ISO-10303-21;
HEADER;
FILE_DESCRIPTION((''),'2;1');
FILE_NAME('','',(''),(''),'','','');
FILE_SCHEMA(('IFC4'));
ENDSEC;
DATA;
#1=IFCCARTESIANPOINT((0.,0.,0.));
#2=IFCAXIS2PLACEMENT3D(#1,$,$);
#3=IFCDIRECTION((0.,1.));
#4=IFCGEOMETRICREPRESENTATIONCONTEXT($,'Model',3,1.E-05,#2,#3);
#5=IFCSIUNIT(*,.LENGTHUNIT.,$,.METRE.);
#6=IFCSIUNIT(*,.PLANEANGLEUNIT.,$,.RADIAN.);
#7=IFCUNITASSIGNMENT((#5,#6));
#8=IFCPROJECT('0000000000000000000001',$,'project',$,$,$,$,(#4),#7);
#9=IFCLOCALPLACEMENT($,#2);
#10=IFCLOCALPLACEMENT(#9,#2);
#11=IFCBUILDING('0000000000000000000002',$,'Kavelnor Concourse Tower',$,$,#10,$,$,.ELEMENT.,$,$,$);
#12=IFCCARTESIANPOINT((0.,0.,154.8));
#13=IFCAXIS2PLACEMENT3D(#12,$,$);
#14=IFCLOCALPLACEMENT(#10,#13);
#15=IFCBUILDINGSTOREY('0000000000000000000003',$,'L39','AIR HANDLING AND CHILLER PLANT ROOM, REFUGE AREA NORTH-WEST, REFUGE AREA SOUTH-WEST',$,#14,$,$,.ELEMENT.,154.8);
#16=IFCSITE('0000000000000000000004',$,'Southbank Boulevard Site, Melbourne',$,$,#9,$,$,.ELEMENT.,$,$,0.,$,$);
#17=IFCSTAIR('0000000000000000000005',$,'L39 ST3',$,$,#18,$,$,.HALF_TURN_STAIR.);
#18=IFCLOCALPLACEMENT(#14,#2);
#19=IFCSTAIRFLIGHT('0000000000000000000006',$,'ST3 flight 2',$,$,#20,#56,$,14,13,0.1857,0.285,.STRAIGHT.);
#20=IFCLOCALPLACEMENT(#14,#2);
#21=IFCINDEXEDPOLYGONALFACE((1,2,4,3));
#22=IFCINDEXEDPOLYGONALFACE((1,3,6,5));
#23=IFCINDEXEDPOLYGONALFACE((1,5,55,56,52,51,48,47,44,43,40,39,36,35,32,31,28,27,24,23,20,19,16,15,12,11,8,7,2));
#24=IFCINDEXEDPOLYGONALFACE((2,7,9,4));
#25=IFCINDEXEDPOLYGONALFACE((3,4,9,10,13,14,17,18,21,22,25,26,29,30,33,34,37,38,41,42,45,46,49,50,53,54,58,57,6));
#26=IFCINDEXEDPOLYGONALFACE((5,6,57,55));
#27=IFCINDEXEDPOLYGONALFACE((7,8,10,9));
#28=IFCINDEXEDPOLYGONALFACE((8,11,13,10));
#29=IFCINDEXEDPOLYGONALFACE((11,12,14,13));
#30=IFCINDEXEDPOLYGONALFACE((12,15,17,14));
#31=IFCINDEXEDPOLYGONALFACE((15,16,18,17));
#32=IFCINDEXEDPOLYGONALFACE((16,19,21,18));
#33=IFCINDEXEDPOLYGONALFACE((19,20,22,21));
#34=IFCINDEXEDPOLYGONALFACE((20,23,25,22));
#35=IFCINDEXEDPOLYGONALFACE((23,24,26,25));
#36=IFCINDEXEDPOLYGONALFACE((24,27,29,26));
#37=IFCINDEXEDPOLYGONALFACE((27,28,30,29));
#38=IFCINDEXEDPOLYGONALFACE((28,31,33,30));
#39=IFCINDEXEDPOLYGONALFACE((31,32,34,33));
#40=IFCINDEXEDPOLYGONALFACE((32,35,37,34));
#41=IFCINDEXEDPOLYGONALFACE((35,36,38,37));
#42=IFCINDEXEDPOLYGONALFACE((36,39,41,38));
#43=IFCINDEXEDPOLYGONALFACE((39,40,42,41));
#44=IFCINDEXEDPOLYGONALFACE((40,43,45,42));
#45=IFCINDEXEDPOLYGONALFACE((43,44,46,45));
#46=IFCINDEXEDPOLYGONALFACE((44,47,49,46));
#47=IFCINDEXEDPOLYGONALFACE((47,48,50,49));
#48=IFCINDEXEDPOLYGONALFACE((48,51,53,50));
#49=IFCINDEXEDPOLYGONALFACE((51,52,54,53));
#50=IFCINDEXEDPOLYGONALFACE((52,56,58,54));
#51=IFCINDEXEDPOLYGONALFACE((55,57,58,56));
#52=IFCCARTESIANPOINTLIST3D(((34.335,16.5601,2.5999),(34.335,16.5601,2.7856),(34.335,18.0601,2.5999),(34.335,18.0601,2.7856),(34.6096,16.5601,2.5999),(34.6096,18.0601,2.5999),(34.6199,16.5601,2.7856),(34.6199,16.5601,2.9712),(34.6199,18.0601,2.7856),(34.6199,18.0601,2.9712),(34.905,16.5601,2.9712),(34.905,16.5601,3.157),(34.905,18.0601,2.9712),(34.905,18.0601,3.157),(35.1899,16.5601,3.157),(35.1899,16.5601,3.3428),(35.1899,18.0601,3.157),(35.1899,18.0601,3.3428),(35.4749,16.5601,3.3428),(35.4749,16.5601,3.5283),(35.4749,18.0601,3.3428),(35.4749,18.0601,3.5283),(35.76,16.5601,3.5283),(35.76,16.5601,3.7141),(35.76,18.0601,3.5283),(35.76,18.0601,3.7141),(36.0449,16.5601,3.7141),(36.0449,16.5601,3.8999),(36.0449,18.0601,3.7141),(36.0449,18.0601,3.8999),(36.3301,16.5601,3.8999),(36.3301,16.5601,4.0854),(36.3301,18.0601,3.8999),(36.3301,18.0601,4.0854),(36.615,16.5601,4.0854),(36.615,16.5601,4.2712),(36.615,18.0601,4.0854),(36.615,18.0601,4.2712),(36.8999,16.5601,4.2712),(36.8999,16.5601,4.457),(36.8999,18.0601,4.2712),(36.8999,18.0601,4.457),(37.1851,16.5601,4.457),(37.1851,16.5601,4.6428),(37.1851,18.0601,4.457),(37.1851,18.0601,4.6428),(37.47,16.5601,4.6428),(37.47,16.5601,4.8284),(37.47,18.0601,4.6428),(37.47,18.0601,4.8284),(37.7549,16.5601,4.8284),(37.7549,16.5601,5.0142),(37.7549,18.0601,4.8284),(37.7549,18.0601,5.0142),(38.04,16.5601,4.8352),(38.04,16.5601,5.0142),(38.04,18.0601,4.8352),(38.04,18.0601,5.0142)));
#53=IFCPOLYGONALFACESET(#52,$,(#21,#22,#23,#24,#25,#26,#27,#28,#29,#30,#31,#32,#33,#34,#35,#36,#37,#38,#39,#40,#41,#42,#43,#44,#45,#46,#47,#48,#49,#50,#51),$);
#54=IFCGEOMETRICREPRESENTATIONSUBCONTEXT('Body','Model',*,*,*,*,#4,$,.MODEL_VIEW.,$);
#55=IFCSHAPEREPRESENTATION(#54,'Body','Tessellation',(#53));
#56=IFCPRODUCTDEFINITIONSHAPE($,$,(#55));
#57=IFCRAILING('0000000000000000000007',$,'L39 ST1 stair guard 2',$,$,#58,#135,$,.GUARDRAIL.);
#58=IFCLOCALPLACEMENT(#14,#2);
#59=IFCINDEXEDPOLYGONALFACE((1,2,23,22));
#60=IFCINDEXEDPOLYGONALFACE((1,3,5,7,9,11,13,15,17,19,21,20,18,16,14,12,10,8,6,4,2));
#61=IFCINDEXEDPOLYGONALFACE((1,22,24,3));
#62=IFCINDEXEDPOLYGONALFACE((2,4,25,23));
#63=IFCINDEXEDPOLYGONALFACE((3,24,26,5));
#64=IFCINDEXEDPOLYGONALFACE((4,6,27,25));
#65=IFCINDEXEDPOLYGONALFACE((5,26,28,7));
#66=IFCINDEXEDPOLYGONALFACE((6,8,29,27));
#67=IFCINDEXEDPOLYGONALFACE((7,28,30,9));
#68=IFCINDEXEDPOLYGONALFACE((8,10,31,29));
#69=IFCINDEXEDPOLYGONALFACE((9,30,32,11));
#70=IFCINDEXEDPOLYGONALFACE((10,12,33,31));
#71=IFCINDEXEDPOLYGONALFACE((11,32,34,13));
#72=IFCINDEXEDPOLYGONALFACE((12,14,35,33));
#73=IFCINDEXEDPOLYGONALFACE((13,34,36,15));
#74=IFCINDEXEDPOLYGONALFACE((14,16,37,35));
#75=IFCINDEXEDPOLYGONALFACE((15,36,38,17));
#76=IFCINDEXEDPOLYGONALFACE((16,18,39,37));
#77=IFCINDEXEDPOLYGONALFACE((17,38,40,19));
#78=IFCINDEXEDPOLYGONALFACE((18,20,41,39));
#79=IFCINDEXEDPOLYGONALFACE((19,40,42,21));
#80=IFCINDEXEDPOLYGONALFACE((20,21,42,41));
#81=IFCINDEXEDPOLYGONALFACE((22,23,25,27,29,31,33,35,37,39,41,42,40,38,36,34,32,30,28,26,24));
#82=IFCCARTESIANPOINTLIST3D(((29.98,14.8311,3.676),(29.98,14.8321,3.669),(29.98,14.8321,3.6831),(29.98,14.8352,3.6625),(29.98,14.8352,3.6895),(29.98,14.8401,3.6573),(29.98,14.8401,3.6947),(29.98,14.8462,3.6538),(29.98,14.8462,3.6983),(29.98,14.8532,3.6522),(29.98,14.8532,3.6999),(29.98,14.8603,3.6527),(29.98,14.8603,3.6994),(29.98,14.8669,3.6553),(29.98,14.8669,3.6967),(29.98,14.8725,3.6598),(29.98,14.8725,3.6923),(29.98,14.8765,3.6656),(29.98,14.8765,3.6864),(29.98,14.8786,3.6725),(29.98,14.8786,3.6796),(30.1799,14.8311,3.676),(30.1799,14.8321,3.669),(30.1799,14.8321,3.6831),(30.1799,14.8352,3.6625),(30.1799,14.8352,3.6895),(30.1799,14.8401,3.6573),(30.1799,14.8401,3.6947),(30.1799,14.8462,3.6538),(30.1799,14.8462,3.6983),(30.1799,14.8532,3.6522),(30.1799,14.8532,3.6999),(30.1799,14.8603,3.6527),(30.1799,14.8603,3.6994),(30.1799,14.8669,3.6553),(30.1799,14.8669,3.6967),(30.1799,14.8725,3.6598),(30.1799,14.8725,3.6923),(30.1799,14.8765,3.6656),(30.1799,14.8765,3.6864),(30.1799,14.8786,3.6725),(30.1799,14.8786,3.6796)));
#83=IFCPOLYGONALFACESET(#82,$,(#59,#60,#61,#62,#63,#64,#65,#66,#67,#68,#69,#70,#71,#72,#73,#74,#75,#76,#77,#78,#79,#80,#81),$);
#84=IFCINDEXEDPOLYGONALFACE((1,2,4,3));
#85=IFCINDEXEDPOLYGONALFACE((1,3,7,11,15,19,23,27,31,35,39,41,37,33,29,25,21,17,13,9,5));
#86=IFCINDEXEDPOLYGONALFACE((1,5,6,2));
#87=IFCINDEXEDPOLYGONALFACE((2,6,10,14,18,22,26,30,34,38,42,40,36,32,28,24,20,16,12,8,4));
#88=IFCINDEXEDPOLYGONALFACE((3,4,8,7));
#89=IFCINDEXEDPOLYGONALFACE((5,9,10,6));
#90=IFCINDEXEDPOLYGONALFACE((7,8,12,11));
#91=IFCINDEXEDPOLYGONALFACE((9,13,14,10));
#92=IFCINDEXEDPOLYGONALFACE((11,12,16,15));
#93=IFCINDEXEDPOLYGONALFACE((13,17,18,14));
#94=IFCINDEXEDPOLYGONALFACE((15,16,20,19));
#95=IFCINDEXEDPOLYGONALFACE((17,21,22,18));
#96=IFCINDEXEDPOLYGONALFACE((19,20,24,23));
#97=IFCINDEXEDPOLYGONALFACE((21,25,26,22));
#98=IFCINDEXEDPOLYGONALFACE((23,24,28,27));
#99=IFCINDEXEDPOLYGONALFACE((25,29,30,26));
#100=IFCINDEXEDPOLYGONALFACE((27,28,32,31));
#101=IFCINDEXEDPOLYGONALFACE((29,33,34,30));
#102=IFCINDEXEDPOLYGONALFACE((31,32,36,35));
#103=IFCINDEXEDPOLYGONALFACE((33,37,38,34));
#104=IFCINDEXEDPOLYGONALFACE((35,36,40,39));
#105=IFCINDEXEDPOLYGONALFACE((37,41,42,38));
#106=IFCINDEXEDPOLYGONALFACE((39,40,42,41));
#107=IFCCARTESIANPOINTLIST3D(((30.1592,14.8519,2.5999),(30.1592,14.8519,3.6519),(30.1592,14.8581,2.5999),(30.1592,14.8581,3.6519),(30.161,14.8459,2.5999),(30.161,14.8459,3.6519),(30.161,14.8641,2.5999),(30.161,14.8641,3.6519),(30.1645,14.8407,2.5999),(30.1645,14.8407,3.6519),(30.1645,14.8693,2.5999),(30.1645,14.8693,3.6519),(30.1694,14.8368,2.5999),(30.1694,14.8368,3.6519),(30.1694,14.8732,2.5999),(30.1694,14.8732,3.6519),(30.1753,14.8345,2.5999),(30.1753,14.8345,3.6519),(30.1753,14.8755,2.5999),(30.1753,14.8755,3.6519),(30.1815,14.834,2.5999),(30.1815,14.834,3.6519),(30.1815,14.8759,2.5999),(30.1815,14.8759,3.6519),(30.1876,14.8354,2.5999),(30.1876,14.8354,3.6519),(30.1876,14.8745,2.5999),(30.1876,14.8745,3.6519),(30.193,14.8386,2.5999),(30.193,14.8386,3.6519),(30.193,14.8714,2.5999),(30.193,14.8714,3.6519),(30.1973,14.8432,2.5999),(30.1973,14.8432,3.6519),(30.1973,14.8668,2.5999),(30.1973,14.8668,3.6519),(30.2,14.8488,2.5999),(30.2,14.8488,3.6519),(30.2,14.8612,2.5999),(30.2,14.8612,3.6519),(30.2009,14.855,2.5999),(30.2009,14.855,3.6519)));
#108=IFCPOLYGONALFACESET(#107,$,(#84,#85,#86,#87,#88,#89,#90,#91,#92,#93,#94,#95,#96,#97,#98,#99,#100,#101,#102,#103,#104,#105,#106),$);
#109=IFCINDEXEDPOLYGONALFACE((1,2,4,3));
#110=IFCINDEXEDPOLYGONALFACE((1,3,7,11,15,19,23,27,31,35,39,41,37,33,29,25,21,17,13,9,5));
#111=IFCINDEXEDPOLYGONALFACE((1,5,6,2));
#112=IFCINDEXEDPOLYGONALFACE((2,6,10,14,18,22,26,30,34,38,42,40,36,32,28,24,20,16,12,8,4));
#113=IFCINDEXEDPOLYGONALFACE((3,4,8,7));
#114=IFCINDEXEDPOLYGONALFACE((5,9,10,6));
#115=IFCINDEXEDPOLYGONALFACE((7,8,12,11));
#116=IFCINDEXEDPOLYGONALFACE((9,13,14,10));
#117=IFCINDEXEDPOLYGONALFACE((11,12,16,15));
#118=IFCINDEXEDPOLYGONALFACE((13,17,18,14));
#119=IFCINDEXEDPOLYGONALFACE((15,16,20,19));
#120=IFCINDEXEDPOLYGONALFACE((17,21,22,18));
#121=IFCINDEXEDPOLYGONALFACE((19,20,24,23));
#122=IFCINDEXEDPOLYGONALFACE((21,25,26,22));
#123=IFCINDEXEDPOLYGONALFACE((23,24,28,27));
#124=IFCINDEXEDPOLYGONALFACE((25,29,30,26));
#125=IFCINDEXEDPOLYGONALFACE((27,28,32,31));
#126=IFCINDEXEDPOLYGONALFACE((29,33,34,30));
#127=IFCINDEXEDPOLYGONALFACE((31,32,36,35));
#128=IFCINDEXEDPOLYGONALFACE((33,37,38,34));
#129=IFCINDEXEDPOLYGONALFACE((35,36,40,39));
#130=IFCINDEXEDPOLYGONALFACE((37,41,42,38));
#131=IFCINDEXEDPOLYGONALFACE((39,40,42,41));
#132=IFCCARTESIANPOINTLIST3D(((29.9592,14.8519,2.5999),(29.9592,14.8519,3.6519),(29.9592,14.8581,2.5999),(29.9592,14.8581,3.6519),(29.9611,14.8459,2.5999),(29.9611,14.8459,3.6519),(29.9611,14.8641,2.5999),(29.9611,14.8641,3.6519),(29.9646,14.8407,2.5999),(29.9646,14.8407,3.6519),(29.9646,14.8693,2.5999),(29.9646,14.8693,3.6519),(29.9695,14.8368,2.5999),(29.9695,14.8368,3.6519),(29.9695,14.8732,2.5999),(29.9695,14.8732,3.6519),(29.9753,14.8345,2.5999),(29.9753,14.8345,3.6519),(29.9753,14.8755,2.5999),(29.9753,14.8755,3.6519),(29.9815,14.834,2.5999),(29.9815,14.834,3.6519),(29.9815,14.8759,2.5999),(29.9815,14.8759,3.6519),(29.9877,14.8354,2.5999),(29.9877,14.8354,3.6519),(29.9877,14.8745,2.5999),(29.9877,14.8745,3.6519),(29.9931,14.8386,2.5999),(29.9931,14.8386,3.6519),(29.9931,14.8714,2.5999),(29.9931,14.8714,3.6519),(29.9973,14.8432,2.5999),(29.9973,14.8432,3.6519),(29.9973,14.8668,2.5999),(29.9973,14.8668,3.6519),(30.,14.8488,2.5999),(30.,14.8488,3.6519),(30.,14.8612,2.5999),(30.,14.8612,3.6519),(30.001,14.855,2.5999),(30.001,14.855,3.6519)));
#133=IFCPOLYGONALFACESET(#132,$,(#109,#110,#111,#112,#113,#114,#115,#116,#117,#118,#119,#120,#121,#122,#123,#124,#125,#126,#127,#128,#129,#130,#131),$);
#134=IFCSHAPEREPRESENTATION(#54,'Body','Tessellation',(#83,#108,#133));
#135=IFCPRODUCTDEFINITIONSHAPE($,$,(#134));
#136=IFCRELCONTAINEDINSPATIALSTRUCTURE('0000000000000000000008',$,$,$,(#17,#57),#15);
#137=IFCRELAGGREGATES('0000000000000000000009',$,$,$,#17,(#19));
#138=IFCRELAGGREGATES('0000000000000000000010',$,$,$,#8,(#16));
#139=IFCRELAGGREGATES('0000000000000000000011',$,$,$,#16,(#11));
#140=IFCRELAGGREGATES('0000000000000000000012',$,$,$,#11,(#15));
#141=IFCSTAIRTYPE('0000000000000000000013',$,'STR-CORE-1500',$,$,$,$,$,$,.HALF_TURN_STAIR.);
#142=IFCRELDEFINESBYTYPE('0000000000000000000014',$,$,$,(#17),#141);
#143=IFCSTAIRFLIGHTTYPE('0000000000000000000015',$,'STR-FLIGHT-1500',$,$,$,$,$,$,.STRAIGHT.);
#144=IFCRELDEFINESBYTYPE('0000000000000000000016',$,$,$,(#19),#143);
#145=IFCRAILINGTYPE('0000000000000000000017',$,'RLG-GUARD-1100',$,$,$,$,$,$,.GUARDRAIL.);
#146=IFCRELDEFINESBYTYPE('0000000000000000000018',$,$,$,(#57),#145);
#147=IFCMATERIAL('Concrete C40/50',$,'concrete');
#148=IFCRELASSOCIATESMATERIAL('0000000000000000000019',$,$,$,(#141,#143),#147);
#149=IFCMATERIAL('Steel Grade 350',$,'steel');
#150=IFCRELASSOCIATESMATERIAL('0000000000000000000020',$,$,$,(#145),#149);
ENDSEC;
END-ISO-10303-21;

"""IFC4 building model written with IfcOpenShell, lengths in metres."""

from ifc_helpers import new_model, si_unit, direction, frame, origin, origin_2d, place, context, subcontext, project, spatial, polyline, circle, outline, extrude, material, type_object, element, aggregate, save


model = new_model("IFC4")

# Units and contexts
model_context = context("Model", 3, precision=1e-05, world=origin(), true_north=direction((0.0, 1.0)))
body_context = subcontext(model_context, "Body", "Model", "MODEL_VIEW")
ifc_project = project(units=[si_unit("LENGTHUNIT", "METRE"), si_unit("PLANEANGLEUNIT", "RADIAN")], contexts=[model_context])

# Site, building, storey
site_placement = place(None, origin())
site = spatial("IfcSite", under=ifc_project, at=site_placement, Name="Southbank Boulevard Site, Melbourne", CompositionType="ELEMENT", RefElevation=0.0)
building_placement = place(site_placement, origin())
building = spatial("IfcBuilding", under=site, at=building_placement, Name="Kavelnor Concourse Tower", CompositionType="ELEMENT")
storey_placement = place(building_placement, frame((0.0, 0.0, 154.8)))
storey = spatial("IfcBuildingStorey", under=building, at=storey_placement, Name="L39", Description="AIR HANDLING AND CHILLER PLANT ROOM, REFUGE AREA NORTH-WEST, REFUGE AREA SOUTH-WEST", CompositionType="ELEMENT", Elevation=154.8)

# Shared definitions
ifc_material_1 = material(Name="Steel Grade 350", Category="steel")

# Stair, stair flight
ifc_material_2 = material(Name="Concrete C40/50", Category="concrete")
stair_type = type_object("IfcStairType", Name="STR-CORE-1500", PredefinedType="HALF_TURN_STAIR", material=ifc_material_2)
stair_placement = place(storey_placement, origin())
stair = element("IfcStair", 1, at=stair_placement, inside=storey, type_object=stair_type, Name="L39 ST3", PredefinedType="HALF_TURN_STAIR")
stair_flight_type = type_object("IfcStairFlightType", Name="STR-FLIGHT-1500", PredefinedType="STRAIGHT", material=ifc_material_2)
stair_flight_placement = place(storey_placement, frame((34.335, 17.3101, 2.5999), z_axis=(0.0, 0.0, 1.0), x_axis=(1.0, 0.0, 0.0)))
stair_flight = element("IfcStairFlight", 2, at=stair_flight_placement, type_object=stair_flight_type, Name="ST3 flight 2", NumberOfRisers=14, NumberOfTreads=13, PredefinedType="STRAIGHT", RiserHeight=0.1857, TreadLength=0.285, context=body_context, shape_type="SweptSolid", body=[
    extrude(outline(polyline([(0.0, 0.0), (0.0, 0.1858), (0.2849, 0.1858), (0.2849, 0.3713), (0.5701, 0.3713), (0.5701, 0.5571), (0.855, 0.5571), (0.855, 0.7429), (1.1399, 0.7429), (1.1399, 0.9285), (1.425, 0.9285), (1.425, 1.1143), (1.71, 1.1143), (1.71, 1.3), (1.9951, 1.3), (1.9951, 1.4856), (2.28, 1.4856), (2.28, 1.6714), (2.5649, 1.6714), (2.5649, 1.8572), (2.8501, 1.8572), (2.8501, 2.043), (3.135, 2.043), (3.135, 2.2285), (3.4199, 2.2285), (3.4199, 2.4143), (3.7051, 2.4143), (3.7051, 2.6001), (3.7051, 2.2354), (0.2747, 0.0), (0.0, 0.0)])), frame((0.0, 0.75, 0.0), z_axis=(0.0, -1.0, 0.0), x_axis=(1.0, 0.0, 0.0)), (0.0, 0.0, 1.0), 1.5),
])
aggregate(stair, [stair_flight])

# Railing
railing_type_1 = type_object("IfcRailingType", Name="RLG-GUARD-1100", PredefinedType="GUARDRAIL", material=ifc_material_1)
railing_1_placement = place(storey_placement, frame((30.1799, 14.855, 2.5999)))
element("IfcRailing", 3, at=railing_1_placement, inside=storey, type_object=railing_type_1, Name="L39 ST1 stair guard 2", PredefinedType="GUARDRAIL", context=body_context, shape_type="SweptSolid", body=[
    extrude(circle(Radius=0.0239, at=origin_2d()), frame((0.0, 0.0, 1.0762), z_axis=(-1.0, 0.0, 0.0), x_axis=(0.0, -1.0, 0.0)), (0.0, 0.0, 1.0), 0.2),
    extrude(circle(Radius=0.021, at=origin_2d()), origin(), (0.0, 0.0, 1.0), 1.052),
    extrude(circle(Radius=0.021, at=origin_2d()), frame((-0.2, 0.0, 0.0)), (0.0, 0.0, 1.0), 1.052),
])

save(model, "model.ifc")
